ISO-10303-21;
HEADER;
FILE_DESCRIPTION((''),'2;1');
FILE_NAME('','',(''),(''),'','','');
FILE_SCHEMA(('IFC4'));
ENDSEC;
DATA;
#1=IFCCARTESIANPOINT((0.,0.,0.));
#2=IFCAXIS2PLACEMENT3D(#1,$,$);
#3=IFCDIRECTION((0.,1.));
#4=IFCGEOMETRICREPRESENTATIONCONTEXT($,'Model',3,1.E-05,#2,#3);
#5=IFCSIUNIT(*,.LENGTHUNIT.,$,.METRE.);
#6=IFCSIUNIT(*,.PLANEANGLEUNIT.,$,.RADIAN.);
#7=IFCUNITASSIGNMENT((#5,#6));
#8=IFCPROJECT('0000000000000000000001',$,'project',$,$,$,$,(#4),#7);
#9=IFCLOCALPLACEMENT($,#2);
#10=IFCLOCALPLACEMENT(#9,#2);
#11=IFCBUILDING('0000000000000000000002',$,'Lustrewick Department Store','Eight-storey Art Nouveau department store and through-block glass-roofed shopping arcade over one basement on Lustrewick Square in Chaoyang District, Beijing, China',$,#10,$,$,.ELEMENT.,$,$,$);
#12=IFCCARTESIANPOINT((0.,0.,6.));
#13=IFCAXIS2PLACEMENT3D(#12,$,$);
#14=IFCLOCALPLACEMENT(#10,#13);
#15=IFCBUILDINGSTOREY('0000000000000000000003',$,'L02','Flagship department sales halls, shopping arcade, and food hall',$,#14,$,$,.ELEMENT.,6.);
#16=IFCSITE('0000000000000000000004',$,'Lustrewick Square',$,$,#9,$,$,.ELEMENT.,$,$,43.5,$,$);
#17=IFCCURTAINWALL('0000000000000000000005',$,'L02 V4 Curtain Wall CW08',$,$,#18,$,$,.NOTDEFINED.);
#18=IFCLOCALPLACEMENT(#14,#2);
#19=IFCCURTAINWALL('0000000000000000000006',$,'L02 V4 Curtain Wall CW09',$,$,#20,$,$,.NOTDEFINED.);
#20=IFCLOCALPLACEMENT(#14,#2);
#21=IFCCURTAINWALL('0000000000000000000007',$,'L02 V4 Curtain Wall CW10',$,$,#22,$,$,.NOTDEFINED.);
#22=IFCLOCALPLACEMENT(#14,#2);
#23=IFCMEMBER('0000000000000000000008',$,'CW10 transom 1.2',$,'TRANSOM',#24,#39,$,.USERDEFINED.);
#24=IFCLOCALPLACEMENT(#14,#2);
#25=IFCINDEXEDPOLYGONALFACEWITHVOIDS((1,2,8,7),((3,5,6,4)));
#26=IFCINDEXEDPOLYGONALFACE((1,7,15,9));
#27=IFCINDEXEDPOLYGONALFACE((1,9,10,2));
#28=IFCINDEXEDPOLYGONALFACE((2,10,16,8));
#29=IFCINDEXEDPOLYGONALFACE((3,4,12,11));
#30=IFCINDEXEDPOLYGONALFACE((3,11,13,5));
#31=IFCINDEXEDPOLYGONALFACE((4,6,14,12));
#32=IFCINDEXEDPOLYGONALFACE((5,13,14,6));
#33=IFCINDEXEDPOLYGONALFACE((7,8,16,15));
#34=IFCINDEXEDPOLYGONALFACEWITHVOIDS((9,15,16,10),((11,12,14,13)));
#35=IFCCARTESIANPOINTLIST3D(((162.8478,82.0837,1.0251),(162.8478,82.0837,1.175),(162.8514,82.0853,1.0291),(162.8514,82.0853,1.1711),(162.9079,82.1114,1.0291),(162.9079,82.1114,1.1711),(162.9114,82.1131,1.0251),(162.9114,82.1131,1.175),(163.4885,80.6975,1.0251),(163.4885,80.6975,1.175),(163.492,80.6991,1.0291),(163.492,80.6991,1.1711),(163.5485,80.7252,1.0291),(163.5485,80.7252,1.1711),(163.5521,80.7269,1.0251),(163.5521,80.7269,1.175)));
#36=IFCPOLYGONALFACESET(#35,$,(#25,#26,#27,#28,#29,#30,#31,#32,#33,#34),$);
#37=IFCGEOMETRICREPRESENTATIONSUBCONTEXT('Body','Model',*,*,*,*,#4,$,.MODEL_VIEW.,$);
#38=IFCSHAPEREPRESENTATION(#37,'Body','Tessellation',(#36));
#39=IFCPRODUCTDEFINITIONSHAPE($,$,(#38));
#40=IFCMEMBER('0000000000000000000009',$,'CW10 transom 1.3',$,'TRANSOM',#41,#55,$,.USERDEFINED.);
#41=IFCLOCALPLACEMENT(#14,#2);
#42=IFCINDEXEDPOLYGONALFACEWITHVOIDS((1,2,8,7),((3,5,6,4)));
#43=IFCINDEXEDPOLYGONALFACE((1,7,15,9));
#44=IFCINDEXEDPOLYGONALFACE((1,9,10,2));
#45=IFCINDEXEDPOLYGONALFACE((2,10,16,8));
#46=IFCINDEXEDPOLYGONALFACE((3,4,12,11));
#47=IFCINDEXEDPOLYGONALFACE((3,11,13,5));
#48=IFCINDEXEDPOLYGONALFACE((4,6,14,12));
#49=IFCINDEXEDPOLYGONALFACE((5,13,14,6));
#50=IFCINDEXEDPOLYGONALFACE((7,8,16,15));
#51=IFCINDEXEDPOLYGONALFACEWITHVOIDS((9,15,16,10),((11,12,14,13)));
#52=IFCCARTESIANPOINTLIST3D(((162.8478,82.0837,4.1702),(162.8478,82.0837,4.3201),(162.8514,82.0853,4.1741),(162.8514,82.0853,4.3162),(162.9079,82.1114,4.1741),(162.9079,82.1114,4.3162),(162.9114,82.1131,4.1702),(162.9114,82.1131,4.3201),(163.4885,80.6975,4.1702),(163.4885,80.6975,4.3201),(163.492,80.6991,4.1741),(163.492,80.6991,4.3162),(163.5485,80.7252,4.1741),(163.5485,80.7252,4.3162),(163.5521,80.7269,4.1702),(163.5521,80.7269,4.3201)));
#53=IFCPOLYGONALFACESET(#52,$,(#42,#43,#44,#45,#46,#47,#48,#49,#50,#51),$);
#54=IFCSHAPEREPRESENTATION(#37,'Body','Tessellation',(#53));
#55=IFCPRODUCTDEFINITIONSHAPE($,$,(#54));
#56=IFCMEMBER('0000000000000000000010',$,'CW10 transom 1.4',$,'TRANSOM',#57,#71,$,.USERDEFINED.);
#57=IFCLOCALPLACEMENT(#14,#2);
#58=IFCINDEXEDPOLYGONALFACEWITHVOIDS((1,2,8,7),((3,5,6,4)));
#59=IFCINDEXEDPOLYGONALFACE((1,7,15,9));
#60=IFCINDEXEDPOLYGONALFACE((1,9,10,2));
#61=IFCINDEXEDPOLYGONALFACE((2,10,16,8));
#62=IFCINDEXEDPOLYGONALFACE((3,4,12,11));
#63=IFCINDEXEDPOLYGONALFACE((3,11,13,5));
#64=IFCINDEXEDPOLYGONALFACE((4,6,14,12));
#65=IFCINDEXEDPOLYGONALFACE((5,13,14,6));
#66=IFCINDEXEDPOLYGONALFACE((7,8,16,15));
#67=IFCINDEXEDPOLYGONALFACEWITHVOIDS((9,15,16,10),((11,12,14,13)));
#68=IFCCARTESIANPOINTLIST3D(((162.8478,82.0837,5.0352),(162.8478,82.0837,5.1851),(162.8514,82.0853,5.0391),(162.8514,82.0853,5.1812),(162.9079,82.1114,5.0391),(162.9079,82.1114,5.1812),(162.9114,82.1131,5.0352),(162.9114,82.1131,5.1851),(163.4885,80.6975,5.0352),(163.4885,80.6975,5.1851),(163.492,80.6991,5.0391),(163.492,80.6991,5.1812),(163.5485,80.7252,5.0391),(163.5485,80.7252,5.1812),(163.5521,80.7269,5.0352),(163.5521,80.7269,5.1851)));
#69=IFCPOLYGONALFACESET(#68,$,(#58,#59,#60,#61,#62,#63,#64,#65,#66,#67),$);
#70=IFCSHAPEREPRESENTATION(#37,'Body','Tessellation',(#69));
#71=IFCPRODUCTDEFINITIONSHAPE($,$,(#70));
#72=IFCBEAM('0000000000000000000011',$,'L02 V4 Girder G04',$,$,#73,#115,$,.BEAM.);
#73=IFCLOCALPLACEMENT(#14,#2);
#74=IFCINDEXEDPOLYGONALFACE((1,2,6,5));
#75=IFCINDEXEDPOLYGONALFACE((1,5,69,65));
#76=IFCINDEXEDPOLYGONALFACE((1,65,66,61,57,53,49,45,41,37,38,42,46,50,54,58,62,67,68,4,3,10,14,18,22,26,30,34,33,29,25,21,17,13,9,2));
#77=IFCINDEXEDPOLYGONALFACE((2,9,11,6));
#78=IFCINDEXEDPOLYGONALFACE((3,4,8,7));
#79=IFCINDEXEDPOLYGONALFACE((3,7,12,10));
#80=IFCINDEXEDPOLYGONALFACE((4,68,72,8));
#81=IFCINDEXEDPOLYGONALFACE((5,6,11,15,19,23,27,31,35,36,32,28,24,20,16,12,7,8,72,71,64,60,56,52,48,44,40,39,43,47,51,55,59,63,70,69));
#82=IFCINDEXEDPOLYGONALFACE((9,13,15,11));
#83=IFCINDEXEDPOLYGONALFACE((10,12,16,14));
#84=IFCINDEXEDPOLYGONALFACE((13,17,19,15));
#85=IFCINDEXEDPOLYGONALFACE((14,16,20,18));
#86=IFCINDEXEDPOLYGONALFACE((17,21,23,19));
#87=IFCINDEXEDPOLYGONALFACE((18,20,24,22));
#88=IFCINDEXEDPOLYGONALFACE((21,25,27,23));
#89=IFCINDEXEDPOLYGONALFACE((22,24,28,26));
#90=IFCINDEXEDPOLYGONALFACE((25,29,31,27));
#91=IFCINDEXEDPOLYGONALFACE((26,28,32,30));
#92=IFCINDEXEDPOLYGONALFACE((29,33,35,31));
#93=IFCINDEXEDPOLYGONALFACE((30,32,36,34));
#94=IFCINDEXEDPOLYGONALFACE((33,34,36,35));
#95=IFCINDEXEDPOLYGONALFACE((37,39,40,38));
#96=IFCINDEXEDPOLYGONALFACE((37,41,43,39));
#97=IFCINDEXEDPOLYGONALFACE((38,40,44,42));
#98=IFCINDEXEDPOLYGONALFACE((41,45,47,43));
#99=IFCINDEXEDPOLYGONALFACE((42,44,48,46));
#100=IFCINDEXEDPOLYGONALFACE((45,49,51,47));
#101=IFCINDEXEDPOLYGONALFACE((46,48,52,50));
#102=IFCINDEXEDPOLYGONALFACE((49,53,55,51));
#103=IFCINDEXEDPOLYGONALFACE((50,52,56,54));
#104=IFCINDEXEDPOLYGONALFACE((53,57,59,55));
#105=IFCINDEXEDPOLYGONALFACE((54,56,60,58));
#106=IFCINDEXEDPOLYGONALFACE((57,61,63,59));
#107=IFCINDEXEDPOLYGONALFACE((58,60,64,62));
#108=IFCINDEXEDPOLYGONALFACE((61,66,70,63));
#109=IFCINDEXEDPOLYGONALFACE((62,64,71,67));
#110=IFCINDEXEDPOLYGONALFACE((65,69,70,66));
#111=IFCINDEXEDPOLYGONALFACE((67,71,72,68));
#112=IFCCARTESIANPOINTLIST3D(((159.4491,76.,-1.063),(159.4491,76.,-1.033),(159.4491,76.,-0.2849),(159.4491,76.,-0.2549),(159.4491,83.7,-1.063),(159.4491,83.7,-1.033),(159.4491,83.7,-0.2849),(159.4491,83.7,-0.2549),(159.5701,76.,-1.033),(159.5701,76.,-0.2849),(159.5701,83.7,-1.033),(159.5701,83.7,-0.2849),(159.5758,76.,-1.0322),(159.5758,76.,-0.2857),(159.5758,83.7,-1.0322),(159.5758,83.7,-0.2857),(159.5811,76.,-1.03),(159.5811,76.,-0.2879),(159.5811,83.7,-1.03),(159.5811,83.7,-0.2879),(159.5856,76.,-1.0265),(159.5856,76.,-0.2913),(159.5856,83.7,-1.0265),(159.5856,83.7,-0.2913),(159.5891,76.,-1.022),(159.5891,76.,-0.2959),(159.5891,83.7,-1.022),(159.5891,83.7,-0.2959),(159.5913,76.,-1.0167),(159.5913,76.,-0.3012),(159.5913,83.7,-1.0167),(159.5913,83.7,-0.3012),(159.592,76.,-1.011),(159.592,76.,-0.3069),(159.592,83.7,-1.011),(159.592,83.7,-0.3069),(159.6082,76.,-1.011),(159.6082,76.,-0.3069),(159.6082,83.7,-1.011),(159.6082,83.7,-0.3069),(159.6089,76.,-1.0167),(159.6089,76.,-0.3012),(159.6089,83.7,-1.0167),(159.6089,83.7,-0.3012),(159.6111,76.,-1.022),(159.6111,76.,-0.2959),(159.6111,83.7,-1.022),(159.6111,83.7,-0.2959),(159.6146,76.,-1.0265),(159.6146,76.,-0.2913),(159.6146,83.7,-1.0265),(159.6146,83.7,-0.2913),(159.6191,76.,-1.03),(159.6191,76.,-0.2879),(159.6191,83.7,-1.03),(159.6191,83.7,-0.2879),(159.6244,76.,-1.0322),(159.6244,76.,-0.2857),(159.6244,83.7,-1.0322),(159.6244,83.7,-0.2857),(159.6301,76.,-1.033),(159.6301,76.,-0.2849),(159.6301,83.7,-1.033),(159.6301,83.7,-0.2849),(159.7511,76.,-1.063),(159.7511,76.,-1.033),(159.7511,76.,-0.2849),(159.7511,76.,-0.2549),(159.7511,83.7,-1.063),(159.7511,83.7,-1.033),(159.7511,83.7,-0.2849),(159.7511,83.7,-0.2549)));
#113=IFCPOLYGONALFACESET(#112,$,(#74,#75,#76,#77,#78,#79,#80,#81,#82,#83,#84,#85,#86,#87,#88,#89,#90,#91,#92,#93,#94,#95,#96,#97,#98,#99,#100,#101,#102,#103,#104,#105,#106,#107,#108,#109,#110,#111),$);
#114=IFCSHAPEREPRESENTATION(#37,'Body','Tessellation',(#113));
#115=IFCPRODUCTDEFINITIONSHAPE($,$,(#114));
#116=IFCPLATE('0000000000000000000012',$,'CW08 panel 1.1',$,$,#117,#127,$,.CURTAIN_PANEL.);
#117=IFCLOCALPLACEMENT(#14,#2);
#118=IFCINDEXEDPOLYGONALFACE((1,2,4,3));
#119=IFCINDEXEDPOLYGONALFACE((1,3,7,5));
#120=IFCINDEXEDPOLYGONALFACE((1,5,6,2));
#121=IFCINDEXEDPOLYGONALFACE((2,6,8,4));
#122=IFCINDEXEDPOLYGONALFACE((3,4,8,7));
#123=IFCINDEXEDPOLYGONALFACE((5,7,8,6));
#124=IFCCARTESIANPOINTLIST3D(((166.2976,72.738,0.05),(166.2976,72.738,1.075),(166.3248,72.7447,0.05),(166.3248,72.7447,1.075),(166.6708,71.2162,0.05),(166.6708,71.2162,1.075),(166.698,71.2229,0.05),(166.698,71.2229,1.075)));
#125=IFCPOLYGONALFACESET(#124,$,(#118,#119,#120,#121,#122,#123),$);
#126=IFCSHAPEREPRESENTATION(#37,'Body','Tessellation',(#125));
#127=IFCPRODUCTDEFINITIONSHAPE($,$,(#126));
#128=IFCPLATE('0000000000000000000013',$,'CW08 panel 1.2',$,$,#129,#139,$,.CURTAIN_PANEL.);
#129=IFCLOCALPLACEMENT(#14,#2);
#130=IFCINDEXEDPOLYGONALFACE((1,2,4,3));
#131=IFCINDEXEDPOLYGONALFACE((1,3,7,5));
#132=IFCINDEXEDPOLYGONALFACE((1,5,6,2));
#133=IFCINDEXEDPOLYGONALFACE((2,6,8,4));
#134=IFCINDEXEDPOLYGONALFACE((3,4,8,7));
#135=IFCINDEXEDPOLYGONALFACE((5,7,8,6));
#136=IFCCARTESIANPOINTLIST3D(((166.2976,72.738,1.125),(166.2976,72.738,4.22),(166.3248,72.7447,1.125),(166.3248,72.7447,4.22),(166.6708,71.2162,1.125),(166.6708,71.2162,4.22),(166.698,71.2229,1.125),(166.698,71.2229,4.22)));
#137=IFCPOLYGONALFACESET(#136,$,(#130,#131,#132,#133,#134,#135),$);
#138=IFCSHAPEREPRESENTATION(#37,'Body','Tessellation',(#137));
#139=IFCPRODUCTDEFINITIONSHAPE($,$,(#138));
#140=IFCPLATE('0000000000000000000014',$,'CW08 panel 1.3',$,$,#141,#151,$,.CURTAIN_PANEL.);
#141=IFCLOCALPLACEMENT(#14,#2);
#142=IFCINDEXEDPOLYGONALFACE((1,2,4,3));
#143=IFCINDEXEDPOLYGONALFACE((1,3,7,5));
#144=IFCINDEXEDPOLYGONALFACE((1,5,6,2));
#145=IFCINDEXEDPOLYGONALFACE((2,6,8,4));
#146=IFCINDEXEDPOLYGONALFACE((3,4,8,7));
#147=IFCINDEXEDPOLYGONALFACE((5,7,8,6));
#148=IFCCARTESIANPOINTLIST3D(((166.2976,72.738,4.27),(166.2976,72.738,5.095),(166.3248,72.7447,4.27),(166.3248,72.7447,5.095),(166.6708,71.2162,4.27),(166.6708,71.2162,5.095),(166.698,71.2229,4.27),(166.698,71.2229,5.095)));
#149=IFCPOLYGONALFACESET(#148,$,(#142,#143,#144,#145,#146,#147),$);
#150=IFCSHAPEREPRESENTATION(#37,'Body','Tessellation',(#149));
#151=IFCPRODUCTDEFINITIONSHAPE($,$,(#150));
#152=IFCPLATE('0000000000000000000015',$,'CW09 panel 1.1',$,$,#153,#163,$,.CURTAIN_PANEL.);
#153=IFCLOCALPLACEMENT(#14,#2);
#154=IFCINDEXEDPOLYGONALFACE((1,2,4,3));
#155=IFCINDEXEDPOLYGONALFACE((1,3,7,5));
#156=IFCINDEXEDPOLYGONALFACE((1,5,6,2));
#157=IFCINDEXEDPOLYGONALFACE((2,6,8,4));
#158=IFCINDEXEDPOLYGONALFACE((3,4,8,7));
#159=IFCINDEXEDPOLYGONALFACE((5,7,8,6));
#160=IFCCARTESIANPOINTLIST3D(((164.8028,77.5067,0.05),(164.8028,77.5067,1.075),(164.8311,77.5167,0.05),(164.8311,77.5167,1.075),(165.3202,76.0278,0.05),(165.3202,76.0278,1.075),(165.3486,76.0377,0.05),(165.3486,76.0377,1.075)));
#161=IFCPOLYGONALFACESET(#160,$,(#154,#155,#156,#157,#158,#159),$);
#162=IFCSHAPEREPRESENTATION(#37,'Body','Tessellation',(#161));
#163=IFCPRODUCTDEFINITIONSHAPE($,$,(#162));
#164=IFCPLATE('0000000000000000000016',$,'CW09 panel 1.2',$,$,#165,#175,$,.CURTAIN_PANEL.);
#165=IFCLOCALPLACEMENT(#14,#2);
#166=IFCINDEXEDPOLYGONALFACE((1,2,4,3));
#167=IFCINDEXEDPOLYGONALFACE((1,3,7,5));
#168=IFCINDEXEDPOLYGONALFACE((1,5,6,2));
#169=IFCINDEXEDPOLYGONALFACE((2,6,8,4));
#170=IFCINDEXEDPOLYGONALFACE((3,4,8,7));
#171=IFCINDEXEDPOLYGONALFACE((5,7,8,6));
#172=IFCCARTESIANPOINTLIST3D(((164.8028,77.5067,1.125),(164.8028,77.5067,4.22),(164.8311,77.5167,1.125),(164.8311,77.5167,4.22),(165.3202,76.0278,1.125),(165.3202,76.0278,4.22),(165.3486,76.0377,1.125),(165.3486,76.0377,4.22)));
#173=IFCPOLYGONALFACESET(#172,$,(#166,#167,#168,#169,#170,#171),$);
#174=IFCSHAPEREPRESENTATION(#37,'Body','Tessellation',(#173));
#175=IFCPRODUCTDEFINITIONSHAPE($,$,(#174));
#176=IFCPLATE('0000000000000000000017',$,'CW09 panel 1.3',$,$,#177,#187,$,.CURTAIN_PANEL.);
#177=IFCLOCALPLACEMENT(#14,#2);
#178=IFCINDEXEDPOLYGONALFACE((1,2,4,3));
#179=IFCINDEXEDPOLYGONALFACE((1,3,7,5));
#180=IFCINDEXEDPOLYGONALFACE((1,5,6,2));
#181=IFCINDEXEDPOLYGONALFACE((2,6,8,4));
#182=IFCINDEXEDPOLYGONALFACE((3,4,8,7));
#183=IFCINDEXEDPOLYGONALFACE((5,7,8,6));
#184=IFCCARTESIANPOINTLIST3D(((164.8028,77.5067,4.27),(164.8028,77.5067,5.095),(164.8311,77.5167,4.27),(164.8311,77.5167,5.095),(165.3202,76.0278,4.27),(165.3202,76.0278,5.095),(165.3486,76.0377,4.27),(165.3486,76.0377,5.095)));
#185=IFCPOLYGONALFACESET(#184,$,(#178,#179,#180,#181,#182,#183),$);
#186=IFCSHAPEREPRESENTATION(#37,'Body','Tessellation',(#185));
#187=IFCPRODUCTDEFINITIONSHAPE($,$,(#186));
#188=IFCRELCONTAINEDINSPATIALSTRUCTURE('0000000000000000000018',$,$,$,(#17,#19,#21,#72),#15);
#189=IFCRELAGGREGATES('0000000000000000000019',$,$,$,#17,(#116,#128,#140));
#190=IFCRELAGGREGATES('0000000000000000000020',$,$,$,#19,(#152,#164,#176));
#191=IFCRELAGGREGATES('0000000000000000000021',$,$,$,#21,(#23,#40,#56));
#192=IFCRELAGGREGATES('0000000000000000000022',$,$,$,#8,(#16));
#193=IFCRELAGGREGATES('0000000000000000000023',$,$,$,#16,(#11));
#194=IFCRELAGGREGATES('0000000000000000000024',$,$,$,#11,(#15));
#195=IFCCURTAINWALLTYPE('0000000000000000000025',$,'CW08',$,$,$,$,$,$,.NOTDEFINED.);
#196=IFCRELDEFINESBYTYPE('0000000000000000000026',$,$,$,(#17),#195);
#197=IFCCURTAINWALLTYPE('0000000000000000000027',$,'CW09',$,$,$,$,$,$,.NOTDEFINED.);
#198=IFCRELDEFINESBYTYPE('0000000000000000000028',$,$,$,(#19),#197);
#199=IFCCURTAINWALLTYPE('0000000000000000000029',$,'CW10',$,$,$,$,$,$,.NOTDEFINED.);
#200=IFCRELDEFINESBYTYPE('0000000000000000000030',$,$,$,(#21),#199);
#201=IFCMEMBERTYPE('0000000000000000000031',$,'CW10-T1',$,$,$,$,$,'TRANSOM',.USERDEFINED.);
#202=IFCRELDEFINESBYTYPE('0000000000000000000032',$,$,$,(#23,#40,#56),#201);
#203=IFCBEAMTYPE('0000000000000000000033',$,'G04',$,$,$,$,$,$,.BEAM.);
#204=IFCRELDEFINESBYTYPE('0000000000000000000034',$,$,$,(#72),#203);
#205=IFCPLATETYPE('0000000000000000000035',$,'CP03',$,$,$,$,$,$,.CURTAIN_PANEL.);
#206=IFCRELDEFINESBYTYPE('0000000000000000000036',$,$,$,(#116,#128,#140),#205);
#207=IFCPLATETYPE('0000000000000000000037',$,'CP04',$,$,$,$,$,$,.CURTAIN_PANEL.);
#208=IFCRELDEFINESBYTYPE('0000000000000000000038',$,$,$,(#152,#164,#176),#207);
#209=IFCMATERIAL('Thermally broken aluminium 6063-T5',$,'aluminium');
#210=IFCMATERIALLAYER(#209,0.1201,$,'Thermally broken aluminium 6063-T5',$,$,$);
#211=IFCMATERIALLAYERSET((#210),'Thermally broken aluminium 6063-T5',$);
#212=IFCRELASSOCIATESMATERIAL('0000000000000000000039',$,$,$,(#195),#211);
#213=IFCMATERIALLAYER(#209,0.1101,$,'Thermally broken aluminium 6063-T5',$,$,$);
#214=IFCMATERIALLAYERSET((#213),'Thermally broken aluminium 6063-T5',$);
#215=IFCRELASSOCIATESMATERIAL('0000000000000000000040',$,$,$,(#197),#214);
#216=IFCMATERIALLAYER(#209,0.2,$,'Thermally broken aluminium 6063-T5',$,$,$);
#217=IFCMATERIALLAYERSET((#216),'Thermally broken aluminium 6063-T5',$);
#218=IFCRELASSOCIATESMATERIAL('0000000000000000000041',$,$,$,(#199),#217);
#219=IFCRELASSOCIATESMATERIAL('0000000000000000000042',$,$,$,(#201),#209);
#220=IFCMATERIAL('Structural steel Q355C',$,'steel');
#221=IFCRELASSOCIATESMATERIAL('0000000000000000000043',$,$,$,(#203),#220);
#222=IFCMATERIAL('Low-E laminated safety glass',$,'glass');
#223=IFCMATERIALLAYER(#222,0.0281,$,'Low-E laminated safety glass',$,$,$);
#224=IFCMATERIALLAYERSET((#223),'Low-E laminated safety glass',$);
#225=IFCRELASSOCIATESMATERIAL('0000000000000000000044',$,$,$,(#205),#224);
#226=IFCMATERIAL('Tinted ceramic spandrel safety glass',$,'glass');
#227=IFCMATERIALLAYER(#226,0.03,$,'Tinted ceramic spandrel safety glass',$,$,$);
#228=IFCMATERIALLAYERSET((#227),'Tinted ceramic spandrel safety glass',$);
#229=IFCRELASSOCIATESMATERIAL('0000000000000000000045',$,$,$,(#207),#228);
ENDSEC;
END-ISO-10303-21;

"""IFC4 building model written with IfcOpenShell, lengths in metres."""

from ifc_helpers import new_model, si_unit, direction, frame, origin, origin_2d, place, context, subcontext, project, spatial, rectangle, hollow_rectangle, i_section, extrude, material, layer, layer_set, material_profile, profile_set, type_object, element, aggregate, save


model = new_model("IFC4")

# Units and contexts
model_context = context("Model", 3, precision=1e-05, world=origin(), true_north=direction((0.0, 1.0)))
body_context = subcontext(model_context, "Body", "Model", "MODEL_VIEW")
ifc_project = project(units=[si_unit("LENGTHUNIT", "METRE"), si_unit("PLANEANGLEUNIT", "RADIAN")], contexts=[model_context])

# Site, building, storey
site_placement = place(None, origin())
site = spatial("IfcSite", under=ifc_project, at=site_placement, Name="Lustrewick Square", CompositionType="ELEMENT", RefElevation=43.5)
building_placement = place(site_placement, origin())
building = spatial("IfcBuilding", under=site, at=building_placement, Name="Lustrewick Department Store", Description="Eight-storey Art Nouveau department store and through-block glass-roofed shopping arcade over one basement on Lustrewick Square in Chaoyang District, Beijing, China", CompositionType="ELEMENT")
storey_placement = place(building_placement, frame((0.0, 0.0, 6.0)))
storey = spatial("IfcBuildingStorey", under=building, at=storey_placement, Name="L02", Description="Flagship department sales halls, shopping arcade, and food hall", CompositionType="ELEMENT", Elevation=6.0)

# Shared definitions
ifc_material_1 = material(Name="Structural steel Q355C", Category="steel")

# Curtain walls, members
ifc_material_2 = material(Name="Thermally broken aluminium 6063-T5", Category="aluminium")
ifc_layer_1 = layer(ifc_material_2, 0.1201, Name="Thermally broken aluminium 6063-T5")
ifc_layer_set_1 = layer_set([ifc_layer_1], Name="Thermally broken aluminium 6063-T5")
curtain_wall_type_1 = type_object("IfcCurtainWallType", Name="CW08", PredefinedType="NOTDEFINED", material=ifc_layer_set_1)
curtain_wall_1_placement = place(storey_placement, origin())
curtain_wall_1 = element("IfcCurtainWall", 1, at=curtain_wall_1_placement, inside=storey, type_object=curtain_wall_type_1, Name="L02 V4 Curtain Wall CW08", PredefinedType="NOTDEFINED")
ifc_layer_2 = layer(ifc_material_2, 0.1101, Name="Thermally broken aluminium 6063-T5")
ifc_layer_set_2 = layer_set([ifc_layer_2], Name="Thermally broken aluminium 6063-T5")
curtain_wall_type_2 = type_object("IfcCurtainWallType", Name="CW09", PredefinedType="NOTDEFINED", material=ifc_layer_set_2)
curtain_wall_2_placement = place(storey_placement, origin())
curtain_wall_2 = element("IfcCurtainWall", 2, at=curtain_wall_2_placement, inside=storey, type_object=curtain_wall_type_2, Name="L02 V4 Curtain Wall CW09", PredefinedType="NOTDEFINED")
ifc_layer_3 = layer(ifc_material_2, 0.2, Name="Thermally broken aluminium 6063-T5")
ifc_layer_set_3 = layer_set([ifc_layer_3], Name="Thermally broken aluminium 6063-T5")
curtain_wall_type_3 = type_object("IfcCurtainWallType", Name="CW10", PredefinedType="NOTDEFINED", material=ifc_layer_set_3)
curtain_wall_3_placement = place(storey_placement, origin())
curtain_wall_3 = element("IfcCurtainWall", 3, at=curtain_wall_3_placement, inside=storey, type_object=curtain_wall_type_3, Name="L02 V4 Curtain Wall CW10", PredefinedType="NOTDEFINED")
ifc_material_profile_1 = material_profile(ifc_material_2, hollow_rectangle(XDim=0.0701, YDim=0.1499, WallThickness=0.0039, at=origin_2d()), Name="ALU-T 70x150x4")
ifc_profile_set_1 = profile_set([ifc_material_profile_1], Name="Thermally broken aluminium 6063-T5")
member_type_1 = type_object("IfcMemberType", Name="CW10-T1", ElementType="TRANSOM", PredefinedType="USERDEFINED", material=ifc_profile_set_1)
member_1_placement = place(storey_placement, frame((163.5203, 80.7122, 1.1001), z_axis=(-0.419504, 0.907753, 0.0), x_axis=(-0.907753, -0.419504, 0.0)))
member_1 = element("IfcMember", 4, at=member_1_placement, type_object=member_type_1, Name="CW10 transom 1.2", ObjectType="TRANSOM", PredefinedType="USERDEFINED", context=body_context, shape_type="SweptSolid", body=[
    extrude(hollow_rectangle(XDim=0.0701, YDim=0.1499, WallThickness=0.0039, at=origin_2d()), origin(), (0.0, 0.0, 1.0), 1.5271),
])
member_2_placement = place(storey_placement, frame((163.5203, 80.7122, 4.2451), z_axis=(-0.419504, 0.907753, 0.0), x_axis=(-0.907753, -0.419504, 0.0)))
member_2 = element("IfcMember", 5, at=member_2_placement, type_object=member_type_1, Name="CW10 transom 1.3", ObjectType="TRANSOM", PredefinedType="USERDEFINED", context=body_context, shape_type="SweptSolid", body=[
    extrude(hollow_rectangle(XDim=0.0701, YDim=0.1499, WallThickness=0.0039, at=origin_2d()), origin(), (0.0, 0.0, 1.0), 1.5271),
])
member_3_placement = place(storey_placement, frame((163.5203, 80.7122, 5.1101), z_axis=(-0.419504, 0.907753, 0.0), x_axis=(-0.907753, -0.419504, 0.0)))
member_3 = element("IfcMember", 6, at=member_3_placement, type_object=member_type_1, Name="CW10 transom 1.4", ObjectType="TRANSOM", PredefinedType="USERDEFINED", context=body_context, shape_type="SweptSolid", body=[
    extrude(hollow_rectangle(XDim=0.0701, YDim=0.1499, WallThickness=0.0039, at=origin_2d()), origin(), (0.0, 0.0, 1.0), 1.5271),
])

# Beam
ifc_material_profile_2 = material_profile(ifc_material_1, i_section(OverallWidth=0.302, OverallDepth=0.8081, WebThickness=0.0161, FlangeThickness=0.03, FilletRadius=0.022, at=origin_2d()), Name="HN 808x302x16x30")
ifc_profile_set_2 = profile_set([ifc_material_profile_2], Name="Structural steel Q355C")
beam_type_1 = type_object("IfcBeamType", Name="G04", PredefinedType="BEAM", material=ifc_profile_set_2)
beam_1_placement = place(storey_placement, frame((159.6001, 76.0, -0.6589), z_axis=(0.0, 1.0, 0.0), x_axis=(-1.0, 0.0, 0.0)))
element("IfcBeam", 7, at=beam_1_placement, inside=storey, type_object=beam_type_1, Name="L02 V4 Girder G04", PredefinedType="BEAM", context=body_context, shape_type="SweptSolid", body=[
    extrude(i_section(OverallWidth=0.302, OverallDepth=0.8081, WebThickness=0.0161, FlangeThickness=0.03, FilletRadius=0.022, at=origin_2d()), origin(), (0.0, 0.0, 1.0), 7.7),
])

# Plates
ifc_material_3 = material(Name="Low-E laminated safety glass", Category="glass")
ifc_layer_4 = layer(ifc_material_3, 0.0281, Name="Low-E laminated safety glass")
ifc_layer_set_4 = layer_set([ifc_layer_4], Name="Low-E laminated safety glass")
plate_type_1 = type_object("IfcPlateType", Name="CP03", PredefinedType="CURTAIN_PANEL", material=ifc_layer_set_4)
plate_1_placement = place(storey_placement, frame((166.4978, 71.9805, 0.05), z_axis=(0.0, 0.0, 1.0), x_axis=(-0.238171, 0.971223, 0.0)))
plate_1 = element("IfcPlate", 8, at=plate_1_placement, type_object=plate_type_1, Name="CW08 panel 1.1", PredefinedType="CURTAIN_PANEL", context=body_context, shape_type="SweptSolid", body=[
    extrude(rectangle(XDim=1.5669, YDim=0.0281, at=origin_2d()), origin(), (0.0, 0.0, 1.0), 1.0249),
])
plate_2_placement = place(storey_placement, frame((166.4978, 71.9805, 1.125), z_axis=(0.0, 0.0, 1.0), x_axis=(-0.238171, 0.971223, 0.0)))
plate_2 = element("IfcPlate", 9, at=plate_2_placement, type_object=plate_type_1, Name="CW08 panel 1.2", PredefinedType="CURTAIN_PANEL", context=body_context, shape_type="SweptSolid", body=[
    extrude(rectangle(XDim=1.5669, YDim=0.0281, at=origin_2d()), origin(), (0.0, 0.0, 1.0), 3.095),
])
plate_3_placement = place(storey_placement, frame((166.4978, 71.9805, 4.27), z_axis=(0.0, 0.0, 1.0), x_axis=(-0.238171, 0.971223, 0.0)))
plate_3 = element("IfcPlate", 10, at=plate_3_placement, type_object=plate_type_1, Name="CW08 panel 1.3", PredefinedType="CURTAIN_PANEL", context=body_context, shape_type="SweptSolid", body=[
    extrude(rectangle(XDim=1.5669, YDim=0.0281, at=origin_2d()), origin(), (0.0, 0.0, 1.0), 0.825),
])
aggregate(curtain_wall_1, [plate_1, plate_2, plate_3])
ifc_material_4 = material(Name="Tinted ceramic spandrel safety glass", Category="glass")
ifc_layer_5 = layer(ifc_material_4, 0.03, Name="Tinted ceramic spandrel safety glass")
ifc_layer_set_5 = layer_set([ifc_layer_5], Name="Tinted ceramic spandrel safety glass")
plate_type_2 = type_object("IfcPlateType", Name="CP04", PredefinedType="CURTAIN_PANEL", material=ifc_layer_set_5)
plate_4_placement = place(storey_placement, frame((165.0757, 76.7722, 0.05), z_axis=(0.0, 0.0, 1.0), x_axis=(-0.330249, 0.943894, 0.0)))
plate_4 = element("IfcPlate", 11, at=plate_4_placement, type_object=plate_type_2, Name="CW09 panel 1.1", PredefinedType="CURTAIN_PANEL", context=body_context, shape_type="SweptSolid", body=[
    extrude(rectangle(XDim=1.5669, YDim=0.03, at=origin_2d()), origin(), (0.0, 0.0, 1.0), 1.0249),
])
plate_5_placement = place(storey_placement, frame((165.0757, 76.7722, 1.125), z_axis=(0.0, 0.0, 1.0), x_axis=(-0.330249, 0.943894, 0.0)))
plate_5 = element("IfcPlate", 12, at=plate_5_placement, type_object=plate_type_2, Name="CW09 panel 1.2", PredefinedType="CURTAIN_PANEL", context=body_context, shape_type="SweptSolid", body=[
    extrude(rectangle(XDim=1.5669, YDim=0.03, at=origin_2d()), origin(), (0.0, 0.0, 1.0), 3.095),
])
plate_6_placement = place(storey_placement, frame((165.0757, 76.7722, 4.27), z_axis=(0.0, 0.0, 1.0), x_axis=(-0.330249, 0.943894, 0.0)))
plate_6 = element("IfcPlate", 13, at=plate_6_placement, type_object=plate_type_2, Name="CW09 panel 1.3", PredefinedType="CURTAIN_PANEL", context=body_context, shape_type="SweptSolid", body=[
    extrude(rectangle(XDim=1.5669, YDim=0.03, at=origin_2d()), origin(), (0.0, 0.0, 1.0), 0.825),
])
aggregate(curtain_wall_2, [plate_4, plate_5, plate_6])
aggregate(curtain_wall_3, [member_1, member_2, member_3])

save(model, "model.ifc")
